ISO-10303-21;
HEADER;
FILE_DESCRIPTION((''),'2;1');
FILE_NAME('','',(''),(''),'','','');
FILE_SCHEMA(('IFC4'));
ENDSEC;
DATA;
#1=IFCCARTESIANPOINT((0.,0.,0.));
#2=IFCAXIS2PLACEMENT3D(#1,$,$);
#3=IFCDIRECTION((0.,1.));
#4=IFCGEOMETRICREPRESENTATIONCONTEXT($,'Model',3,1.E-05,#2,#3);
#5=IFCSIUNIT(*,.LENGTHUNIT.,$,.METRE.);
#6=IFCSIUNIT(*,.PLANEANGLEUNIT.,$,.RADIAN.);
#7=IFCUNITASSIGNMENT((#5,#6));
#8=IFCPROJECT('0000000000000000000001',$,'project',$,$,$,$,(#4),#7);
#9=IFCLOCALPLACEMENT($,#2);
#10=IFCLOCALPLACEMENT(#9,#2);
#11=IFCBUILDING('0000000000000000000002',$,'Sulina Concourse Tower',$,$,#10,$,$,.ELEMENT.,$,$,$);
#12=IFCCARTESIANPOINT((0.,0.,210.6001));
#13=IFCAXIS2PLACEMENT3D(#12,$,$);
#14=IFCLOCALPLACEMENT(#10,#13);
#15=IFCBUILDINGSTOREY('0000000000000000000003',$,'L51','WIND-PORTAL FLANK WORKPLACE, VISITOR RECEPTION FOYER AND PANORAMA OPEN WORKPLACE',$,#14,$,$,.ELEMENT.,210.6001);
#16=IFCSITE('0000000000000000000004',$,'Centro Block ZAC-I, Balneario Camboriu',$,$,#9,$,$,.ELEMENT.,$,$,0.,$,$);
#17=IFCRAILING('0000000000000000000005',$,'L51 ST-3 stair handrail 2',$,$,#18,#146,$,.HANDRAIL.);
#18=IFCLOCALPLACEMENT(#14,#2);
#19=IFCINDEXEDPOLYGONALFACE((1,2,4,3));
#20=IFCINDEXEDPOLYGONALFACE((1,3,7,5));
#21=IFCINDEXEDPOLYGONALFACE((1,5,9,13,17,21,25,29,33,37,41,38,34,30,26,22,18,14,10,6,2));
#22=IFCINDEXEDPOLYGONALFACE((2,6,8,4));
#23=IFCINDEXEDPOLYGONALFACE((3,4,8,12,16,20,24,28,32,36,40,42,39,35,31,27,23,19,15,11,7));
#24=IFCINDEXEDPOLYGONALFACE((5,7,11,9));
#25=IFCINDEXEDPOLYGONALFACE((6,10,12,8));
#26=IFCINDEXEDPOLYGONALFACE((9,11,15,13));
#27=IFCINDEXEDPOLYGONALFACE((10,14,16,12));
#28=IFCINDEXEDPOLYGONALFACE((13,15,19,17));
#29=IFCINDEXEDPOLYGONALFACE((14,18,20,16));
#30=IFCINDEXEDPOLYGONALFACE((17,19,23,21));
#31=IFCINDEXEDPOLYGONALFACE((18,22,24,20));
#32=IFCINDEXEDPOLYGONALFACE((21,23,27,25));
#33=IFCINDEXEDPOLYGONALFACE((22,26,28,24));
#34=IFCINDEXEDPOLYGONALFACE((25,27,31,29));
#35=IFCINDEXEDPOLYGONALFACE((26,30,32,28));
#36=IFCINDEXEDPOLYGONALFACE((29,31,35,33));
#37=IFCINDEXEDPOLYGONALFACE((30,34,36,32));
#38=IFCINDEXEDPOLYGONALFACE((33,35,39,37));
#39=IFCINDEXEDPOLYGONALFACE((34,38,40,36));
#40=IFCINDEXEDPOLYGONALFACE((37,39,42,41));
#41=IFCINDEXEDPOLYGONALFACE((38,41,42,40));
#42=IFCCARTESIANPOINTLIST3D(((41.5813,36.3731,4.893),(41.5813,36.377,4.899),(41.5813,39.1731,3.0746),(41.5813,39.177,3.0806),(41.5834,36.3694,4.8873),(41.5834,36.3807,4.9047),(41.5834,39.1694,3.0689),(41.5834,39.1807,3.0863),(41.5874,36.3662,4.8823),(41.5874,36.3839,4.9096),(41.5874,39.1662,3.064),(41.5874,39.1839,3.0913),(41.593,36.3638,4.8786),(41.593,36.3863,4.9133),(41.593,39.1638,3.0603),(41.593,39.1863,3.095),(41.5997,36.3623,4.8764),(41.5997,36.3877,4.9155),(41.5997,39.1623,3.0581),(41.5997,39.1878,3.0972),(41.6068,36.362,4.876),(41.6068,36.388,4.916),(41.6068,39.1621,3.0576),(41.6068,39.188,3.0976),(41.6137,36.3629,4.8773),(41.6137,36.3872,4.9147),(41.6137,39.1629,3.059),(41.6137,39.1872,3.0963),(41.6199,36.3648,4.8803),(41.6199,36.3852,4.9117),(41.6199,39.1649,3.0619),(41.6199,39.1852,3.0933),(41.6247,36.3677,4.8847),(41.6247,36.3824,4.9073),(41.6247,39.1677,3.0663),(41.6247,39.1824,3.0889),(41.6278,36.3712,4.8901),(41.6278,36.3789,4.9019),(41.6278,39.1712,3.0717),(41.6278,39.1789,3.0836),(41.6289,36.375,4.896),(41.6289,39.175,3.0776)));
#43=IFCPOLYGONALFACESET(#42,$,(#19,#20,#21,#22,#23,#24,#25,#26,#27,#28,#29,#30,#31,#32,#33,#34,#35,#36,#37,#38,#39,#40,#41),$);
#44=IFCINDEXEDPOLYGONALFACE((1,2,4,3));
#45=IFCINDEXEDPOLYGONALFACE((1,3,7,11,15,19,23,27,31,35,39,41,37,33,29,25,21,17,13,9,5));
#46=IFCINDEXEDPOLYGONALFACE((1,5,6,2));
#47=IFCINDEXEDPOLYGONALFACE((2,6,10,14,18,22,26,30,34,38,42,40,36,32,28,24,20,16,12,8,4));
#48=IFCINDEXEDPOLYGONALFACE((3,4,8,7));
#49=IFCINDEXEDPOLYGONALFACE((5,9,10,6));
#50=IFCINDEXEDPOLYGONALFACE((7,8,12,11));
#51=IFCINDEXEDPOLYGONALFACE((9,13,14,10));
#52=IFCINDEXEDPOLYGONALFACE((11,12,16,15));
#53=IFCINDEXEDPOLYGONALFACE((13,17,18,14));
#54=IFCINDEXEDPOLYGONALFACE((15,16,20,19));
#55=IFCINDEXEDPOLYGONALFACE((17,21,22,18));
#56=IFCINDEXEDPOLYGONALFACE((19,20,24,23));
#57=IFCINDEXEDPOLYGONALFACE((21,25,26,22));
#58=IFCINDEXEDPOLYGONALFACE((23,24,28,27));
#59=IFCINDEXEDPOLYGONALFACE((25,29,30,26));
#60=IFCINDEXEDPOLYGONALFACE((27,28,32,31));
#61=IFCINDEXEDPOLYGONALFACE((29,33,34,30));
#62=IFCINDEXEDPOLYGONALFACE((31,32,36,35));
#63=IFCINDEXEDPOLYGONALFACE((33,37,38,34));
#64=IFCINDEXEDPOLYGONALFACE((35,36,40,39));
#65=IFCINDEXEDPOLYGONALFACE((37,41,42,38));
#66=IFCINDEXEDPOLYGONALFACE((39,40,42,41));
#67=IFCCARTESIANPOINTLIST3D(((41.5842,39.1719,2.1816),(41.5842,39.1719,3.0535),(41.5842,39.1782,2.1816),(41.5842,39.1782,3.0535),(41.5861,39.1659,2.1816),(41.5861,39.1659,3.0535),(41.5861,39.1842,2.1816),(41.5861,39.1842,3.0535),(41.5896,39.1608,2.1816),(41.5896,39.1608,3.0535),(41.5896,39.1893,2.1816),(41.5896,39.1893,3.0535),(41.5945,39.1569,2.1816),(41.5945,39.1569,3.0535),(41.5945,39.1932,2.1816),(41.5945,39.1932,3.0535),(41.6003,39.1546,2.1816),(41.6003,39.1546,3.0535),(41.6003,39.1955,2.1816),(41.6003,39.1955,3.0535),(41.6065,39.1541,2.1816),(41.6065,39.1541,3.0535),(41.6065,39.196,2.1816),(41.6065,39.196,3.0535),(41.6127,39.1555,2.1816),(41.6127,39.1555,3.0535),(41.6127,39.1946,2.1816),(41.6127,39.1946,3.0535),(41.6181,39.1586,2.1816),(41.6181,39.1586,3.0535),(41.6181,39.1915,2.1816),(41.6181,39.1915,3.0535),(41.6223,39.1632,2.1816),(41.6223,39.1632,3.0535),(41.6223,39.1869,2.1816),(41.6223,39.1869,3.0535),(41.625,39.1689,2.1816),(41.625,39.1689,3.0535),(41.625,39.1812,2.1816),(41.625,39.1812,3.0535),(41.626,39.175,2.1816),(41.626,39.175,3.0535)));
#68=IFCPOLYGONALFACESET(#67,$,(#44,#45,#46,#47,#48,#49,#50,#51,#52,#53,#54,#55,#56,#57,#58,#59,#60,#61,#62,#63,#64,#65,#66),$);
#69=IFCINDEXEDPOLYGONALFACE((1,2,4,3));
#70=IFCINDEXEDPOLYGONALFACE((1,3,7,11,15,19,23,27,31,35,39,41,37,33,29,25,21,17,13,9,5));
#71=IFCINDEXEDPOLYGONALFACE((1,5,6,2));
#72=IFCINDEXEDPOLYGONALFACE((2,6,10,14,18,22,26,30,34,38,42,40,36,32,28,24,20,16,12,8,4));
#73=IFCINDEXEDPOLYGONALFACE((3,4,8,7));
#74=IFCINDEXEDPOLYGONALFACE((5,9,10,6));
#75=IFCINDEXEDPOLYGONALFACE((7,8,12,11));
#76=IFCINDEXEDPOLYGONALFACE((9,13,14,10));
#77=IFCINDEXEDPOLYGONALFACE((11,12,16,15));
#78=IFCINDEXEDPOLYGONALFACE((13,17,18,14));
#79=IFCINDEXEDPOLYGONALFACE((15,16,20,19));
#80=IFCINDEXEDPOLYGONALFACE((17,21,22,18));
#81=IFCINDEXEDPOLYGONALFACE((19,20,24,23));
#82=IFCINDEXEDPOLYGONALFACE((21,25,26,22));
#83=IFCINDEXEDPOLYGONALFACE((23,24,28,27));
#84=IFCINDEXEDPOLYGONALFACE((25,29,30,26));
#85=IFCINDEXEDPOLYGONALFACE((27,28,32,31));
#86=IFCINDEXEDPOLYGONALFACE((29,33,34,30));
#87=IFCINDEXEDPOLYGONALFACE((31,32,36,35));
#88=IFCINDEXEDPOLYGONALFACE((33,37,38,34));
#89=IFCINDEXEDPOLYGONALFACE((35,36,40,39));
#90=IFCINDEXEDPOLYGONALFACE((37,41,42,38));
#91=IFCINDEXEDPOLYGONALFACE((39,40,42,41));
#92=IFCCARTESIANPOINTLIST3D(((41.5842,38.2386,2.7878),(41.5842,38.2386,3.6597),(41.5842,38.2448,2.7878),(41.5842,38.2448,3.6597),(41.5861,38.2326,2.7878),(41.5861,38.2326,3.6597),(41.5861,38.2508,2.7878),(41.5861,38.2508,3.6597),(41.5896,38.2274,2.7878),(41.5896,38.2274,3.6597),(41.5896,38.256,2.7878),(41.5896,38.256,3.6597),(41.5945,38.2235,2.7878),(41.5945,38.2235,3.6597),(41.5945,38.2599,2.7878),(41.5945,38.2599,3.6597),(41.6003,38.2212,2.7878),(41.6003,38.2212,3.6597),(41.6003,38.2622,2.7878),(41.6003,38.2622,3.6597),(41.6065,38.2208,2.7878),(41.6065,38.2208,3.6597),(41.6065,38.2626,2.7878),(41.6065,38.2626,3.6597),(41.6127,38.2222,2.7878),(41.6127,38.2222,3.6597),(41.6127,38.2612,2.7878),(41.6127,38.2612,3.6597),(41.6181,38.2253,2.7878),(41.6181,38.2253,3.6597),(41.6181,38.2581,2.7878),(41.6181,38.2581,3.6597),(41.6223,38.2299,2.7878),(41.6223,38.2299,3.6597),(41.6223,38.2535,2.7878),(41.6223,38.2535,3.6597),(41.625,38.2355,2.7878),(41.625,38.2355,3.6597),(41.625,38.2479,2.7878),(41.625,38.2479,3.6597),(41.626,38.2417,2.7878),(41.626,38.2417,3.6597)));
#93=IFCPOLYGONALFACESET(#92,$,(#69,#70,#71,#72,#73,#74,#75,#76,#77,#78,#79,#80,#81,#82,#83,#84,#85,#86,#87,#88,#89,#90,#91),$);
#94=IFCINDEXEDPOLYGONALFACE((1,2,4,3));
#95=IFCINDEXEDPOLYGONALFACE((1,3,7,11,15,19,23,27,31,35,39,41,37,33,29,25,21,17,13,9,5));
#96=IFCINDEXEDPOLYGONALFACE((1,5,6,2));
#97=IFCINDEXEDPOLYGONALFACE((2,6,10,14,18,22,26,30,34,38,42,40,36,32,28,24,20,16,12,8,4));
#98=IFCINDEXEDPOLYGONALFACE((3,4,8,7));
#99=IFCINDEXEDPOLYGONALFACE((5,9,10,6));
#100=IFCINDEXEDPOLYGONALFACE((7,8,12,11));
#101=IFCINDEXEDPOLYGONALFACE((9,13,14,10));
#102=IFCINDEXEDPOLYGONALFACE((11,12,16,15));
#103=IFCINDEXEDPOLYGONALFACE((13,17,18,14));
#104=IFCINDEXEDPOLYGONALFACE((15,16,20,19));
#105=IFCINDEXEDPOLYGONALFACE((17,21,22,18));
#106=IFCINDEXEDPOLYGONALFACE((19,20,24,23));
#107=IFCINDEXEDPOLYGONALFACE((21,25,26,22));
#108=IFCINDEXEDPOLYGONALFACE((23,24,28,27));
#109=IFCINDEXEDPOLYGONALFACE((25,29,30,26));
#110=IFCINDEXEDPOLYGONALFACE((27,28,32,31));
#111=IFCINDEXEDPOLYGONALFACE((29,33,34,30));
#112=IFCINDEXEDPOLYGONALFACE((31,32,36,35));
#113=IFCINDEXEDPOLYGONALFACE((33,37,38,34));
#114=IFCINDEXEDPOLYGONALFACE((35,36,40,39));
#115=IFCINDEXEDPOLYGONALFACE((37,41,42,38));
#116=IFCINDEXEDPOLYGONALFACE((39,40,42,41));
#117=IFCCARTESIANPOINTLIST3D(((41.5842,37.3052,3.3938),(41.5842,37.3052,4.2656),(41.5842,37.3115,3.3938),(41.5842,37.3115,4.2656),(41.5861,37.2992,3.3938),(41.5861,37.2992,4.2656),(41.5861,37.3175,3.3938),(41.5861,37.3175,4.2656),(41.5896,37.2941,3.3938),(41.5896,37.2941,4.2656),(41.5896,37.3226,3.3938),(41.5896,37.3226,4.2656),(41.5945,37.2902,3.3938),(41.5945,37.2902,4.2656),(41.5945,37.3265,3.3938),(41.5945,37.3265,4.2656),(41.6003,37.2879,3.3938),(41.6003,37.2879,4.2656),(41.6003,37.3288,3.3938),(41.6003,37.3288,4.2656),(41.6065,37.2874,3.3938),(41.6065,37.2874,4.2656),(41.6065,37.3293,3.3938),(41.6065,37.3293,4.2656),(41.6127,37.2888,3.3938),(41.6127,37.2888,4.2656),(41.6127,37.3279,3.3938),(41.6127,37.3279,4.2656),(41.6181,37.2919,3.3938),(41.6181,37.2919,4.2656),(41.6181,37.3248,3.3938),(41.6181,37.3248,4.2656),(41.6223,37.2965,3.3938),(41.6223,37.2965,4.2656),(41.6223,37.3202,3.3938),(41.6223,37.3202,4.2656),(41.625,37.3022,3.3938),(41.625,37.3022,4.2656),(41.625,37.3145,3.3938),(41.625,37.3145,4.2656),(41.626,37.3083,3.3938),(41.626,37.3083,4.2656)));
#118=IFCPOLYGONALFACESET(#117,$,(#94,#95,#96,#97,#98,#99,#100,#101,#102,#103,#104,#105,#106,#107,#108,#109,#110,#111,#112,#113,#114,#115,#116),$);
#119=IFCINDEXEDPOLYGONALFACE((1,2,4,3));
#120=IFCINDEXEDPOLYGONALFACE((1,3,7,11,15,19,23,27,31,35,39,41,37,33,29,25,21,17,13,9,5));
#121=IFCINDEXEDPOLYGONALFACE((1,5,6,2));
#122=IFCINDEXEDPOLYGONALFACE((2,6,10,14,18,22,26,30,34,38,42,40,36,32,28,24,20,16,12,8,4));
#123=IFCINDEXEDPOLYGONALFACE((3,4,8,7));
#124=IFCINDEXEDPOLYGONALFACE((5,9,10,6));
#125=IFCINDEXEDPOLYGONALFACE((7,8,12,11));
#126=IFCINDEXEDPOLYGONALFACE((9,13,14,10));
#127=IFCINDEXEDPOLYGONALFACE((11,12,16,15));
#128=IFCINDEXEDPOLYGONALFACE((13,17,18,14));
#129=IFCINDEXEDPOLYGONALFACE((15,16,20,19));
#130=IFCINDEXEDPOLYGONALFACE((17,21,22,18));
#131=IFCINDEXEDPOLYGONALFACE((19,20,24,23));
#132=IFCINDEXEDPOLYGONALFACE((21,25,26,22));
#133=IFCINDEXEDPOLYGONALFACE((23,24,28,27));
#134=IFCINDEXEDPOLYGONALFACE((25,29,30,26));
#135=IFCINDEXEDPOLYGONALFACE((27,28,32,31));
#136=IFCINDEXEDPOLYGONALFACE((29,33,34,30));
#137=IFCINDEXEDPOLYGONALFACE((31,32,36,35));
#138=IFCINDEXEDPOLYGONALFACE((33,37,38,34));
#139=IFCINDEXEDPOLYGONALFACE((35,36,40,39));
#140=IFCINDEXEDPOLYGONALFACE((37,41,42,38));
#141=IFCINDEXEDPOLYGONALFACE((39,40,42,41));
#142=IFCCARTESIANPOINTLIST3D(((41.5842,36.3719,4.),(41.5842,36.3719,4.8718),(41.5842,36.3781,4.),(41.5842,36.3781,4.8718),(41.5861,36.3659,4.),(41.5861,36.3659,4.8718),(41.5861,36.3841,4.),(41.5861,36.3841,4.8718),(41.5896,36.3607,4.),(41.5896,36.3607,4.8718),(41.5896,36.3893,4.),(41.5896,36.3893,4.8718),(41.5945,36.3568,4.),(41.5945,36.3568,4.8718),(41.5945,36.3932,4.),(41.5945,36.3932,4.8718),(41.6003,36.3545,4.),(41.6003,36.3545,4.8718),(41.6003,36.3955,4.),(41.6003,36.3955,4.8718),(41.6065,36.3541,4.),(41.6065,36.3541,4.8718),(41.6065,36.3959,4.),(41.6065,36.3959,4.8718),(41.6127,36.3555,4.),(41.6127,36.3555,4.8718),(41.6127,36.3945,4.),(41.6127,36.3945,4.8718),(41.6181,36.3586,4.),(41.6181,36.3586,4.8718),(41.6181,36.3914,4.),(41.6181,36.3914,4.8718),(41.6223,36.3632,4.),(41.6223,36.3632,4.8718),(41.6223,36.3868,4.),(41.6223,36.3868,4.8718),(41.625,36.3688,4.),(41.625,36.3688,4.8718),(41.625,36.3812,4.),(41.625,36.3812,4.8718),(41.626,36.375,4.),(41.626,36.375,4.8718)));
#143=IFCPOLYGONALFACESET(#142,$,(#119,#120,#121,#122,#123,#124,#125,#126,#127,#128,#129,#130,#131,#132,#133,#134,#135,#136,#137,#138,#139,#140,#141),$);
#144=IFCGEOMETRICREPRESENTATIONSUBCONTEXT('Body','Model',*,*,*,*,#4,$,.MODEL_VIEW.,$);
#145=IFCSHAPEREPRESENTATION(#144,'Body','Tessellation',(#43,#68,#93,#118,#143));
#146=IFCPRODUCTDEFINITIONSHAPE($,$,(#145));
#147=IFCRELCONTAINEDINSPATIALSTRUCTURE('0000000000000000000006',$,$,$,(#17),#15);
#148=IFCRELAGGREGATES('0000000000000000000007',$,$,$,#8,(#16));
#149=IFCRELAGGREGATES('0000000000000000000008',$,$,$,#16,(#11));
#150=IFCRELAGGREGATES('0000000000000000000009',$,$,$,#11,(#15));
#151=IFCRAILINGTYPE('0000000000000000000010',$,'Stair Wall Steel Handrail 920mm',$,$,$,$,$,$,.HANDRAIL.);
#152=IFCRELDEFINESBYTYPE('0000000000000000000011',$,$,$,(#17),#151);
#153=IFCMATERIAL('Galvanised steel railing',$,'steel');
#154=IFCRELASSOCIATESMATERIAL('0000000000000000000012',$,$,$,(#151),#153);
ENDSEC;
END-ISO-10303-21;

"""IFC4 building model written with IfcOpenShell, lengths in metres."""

from ifc_helpers import new_model, si_unit, direction, frame, origin, origin_2d, place, context, subcontext, project, spatial, circle, extrude, material, type_object, element, save


model = new_model("IFC4")

# Units and contexts
model_context = context("Model", 3, precision=1e-05, world=origin(), true_north=direction((0.0, 1.0)))
body_context = subcontext(model_context, "Body", "Model", "MODEL_VIEW")
ifc_project = project(units=[si_unit("LENGTHUNIT", "METRE"), si_unit("PLANEANGLEUNIT", "RADIAN")], contexts=[model_context])

# Site, building, storey
site_placement = place(None, origin())
site = spatial("IfcSite", under=ifc_project, at=site_placement, Name="Centro Block ZAC-I, Balneario Camboriu", CompositionType="ELEMENT", RefElevation=0.0)
building_placement = place(site_placement, origin())
building = spatial("IfcBuilding", under=site, at=building_placement, Name="Sulina Concourse Tower", CompositionType="ELEMENT")
storey_placement = place(building_placement, frame((0.0, 0.0, 210.6001)))
storey = spatial("IfcBuildingStorey", under=building, at=storey_placement, Name="L51", Description="WIND-PORTAL FLANK WORKPLACE, VISITOR RECEPTION FOYER AND PANORAMA OPEN WORKPLACE", CompositionType="ELEMENT", Elevation=210.6001)

# Railing
ifc_material_1 = material(Name="Galvanised steel railing", Category="steel")
railing_type_1 = type_object("IfcRailingType", Name="Stair Wall Steel Handrail 920mm", PredefinedType="HANDRAIL", material=ifc_material_1)
railing_1_placement = place(storey_placement, frame((41.605, 39.175, 2.1816)))
element("IfcRailing", 1, at=railing_1_placement, inside=storey, type_object=railing_type_1, Name="L51 ST-3 stair handrail 2", PredefinedType="HANDRAIL", context=body_context, shape_type="SweptSolid", body=[
    extrude(circle(Radius=0.0239, at=origin_2d()), frame((0.0, 0.0, 0.896), z_axis=(0.0, -0.838672, 0.544636), x_axis=(1.0, 0.0, 0.0)), (0.0, 0.0, 1.0), 3.3386),
    extrude(circle(Radius=0.021, at=origin_2d()), origin(), (0.0, 0.0, 1.0), 0.8718),
    extrude(circle(Radius=0.021, at=origin_2d()), frame((0.0, -0.9333, 0.6062)), (0.0, 0.0, 1.0), 0.8718),
    extrude(circle(Radius=0.021, at=origin_2d()), frame((0.0, -1.8667, 1.2122)), (0.0, 0.0, 1.0), 0.8718),
    extrude(circle(Radius=0.021, at=origin_2d()), frame((0.0, -2.8, 1.8184)), (0.0, 0.0, 1.0), 0.8718),
])

save(model, "model.ifc")
